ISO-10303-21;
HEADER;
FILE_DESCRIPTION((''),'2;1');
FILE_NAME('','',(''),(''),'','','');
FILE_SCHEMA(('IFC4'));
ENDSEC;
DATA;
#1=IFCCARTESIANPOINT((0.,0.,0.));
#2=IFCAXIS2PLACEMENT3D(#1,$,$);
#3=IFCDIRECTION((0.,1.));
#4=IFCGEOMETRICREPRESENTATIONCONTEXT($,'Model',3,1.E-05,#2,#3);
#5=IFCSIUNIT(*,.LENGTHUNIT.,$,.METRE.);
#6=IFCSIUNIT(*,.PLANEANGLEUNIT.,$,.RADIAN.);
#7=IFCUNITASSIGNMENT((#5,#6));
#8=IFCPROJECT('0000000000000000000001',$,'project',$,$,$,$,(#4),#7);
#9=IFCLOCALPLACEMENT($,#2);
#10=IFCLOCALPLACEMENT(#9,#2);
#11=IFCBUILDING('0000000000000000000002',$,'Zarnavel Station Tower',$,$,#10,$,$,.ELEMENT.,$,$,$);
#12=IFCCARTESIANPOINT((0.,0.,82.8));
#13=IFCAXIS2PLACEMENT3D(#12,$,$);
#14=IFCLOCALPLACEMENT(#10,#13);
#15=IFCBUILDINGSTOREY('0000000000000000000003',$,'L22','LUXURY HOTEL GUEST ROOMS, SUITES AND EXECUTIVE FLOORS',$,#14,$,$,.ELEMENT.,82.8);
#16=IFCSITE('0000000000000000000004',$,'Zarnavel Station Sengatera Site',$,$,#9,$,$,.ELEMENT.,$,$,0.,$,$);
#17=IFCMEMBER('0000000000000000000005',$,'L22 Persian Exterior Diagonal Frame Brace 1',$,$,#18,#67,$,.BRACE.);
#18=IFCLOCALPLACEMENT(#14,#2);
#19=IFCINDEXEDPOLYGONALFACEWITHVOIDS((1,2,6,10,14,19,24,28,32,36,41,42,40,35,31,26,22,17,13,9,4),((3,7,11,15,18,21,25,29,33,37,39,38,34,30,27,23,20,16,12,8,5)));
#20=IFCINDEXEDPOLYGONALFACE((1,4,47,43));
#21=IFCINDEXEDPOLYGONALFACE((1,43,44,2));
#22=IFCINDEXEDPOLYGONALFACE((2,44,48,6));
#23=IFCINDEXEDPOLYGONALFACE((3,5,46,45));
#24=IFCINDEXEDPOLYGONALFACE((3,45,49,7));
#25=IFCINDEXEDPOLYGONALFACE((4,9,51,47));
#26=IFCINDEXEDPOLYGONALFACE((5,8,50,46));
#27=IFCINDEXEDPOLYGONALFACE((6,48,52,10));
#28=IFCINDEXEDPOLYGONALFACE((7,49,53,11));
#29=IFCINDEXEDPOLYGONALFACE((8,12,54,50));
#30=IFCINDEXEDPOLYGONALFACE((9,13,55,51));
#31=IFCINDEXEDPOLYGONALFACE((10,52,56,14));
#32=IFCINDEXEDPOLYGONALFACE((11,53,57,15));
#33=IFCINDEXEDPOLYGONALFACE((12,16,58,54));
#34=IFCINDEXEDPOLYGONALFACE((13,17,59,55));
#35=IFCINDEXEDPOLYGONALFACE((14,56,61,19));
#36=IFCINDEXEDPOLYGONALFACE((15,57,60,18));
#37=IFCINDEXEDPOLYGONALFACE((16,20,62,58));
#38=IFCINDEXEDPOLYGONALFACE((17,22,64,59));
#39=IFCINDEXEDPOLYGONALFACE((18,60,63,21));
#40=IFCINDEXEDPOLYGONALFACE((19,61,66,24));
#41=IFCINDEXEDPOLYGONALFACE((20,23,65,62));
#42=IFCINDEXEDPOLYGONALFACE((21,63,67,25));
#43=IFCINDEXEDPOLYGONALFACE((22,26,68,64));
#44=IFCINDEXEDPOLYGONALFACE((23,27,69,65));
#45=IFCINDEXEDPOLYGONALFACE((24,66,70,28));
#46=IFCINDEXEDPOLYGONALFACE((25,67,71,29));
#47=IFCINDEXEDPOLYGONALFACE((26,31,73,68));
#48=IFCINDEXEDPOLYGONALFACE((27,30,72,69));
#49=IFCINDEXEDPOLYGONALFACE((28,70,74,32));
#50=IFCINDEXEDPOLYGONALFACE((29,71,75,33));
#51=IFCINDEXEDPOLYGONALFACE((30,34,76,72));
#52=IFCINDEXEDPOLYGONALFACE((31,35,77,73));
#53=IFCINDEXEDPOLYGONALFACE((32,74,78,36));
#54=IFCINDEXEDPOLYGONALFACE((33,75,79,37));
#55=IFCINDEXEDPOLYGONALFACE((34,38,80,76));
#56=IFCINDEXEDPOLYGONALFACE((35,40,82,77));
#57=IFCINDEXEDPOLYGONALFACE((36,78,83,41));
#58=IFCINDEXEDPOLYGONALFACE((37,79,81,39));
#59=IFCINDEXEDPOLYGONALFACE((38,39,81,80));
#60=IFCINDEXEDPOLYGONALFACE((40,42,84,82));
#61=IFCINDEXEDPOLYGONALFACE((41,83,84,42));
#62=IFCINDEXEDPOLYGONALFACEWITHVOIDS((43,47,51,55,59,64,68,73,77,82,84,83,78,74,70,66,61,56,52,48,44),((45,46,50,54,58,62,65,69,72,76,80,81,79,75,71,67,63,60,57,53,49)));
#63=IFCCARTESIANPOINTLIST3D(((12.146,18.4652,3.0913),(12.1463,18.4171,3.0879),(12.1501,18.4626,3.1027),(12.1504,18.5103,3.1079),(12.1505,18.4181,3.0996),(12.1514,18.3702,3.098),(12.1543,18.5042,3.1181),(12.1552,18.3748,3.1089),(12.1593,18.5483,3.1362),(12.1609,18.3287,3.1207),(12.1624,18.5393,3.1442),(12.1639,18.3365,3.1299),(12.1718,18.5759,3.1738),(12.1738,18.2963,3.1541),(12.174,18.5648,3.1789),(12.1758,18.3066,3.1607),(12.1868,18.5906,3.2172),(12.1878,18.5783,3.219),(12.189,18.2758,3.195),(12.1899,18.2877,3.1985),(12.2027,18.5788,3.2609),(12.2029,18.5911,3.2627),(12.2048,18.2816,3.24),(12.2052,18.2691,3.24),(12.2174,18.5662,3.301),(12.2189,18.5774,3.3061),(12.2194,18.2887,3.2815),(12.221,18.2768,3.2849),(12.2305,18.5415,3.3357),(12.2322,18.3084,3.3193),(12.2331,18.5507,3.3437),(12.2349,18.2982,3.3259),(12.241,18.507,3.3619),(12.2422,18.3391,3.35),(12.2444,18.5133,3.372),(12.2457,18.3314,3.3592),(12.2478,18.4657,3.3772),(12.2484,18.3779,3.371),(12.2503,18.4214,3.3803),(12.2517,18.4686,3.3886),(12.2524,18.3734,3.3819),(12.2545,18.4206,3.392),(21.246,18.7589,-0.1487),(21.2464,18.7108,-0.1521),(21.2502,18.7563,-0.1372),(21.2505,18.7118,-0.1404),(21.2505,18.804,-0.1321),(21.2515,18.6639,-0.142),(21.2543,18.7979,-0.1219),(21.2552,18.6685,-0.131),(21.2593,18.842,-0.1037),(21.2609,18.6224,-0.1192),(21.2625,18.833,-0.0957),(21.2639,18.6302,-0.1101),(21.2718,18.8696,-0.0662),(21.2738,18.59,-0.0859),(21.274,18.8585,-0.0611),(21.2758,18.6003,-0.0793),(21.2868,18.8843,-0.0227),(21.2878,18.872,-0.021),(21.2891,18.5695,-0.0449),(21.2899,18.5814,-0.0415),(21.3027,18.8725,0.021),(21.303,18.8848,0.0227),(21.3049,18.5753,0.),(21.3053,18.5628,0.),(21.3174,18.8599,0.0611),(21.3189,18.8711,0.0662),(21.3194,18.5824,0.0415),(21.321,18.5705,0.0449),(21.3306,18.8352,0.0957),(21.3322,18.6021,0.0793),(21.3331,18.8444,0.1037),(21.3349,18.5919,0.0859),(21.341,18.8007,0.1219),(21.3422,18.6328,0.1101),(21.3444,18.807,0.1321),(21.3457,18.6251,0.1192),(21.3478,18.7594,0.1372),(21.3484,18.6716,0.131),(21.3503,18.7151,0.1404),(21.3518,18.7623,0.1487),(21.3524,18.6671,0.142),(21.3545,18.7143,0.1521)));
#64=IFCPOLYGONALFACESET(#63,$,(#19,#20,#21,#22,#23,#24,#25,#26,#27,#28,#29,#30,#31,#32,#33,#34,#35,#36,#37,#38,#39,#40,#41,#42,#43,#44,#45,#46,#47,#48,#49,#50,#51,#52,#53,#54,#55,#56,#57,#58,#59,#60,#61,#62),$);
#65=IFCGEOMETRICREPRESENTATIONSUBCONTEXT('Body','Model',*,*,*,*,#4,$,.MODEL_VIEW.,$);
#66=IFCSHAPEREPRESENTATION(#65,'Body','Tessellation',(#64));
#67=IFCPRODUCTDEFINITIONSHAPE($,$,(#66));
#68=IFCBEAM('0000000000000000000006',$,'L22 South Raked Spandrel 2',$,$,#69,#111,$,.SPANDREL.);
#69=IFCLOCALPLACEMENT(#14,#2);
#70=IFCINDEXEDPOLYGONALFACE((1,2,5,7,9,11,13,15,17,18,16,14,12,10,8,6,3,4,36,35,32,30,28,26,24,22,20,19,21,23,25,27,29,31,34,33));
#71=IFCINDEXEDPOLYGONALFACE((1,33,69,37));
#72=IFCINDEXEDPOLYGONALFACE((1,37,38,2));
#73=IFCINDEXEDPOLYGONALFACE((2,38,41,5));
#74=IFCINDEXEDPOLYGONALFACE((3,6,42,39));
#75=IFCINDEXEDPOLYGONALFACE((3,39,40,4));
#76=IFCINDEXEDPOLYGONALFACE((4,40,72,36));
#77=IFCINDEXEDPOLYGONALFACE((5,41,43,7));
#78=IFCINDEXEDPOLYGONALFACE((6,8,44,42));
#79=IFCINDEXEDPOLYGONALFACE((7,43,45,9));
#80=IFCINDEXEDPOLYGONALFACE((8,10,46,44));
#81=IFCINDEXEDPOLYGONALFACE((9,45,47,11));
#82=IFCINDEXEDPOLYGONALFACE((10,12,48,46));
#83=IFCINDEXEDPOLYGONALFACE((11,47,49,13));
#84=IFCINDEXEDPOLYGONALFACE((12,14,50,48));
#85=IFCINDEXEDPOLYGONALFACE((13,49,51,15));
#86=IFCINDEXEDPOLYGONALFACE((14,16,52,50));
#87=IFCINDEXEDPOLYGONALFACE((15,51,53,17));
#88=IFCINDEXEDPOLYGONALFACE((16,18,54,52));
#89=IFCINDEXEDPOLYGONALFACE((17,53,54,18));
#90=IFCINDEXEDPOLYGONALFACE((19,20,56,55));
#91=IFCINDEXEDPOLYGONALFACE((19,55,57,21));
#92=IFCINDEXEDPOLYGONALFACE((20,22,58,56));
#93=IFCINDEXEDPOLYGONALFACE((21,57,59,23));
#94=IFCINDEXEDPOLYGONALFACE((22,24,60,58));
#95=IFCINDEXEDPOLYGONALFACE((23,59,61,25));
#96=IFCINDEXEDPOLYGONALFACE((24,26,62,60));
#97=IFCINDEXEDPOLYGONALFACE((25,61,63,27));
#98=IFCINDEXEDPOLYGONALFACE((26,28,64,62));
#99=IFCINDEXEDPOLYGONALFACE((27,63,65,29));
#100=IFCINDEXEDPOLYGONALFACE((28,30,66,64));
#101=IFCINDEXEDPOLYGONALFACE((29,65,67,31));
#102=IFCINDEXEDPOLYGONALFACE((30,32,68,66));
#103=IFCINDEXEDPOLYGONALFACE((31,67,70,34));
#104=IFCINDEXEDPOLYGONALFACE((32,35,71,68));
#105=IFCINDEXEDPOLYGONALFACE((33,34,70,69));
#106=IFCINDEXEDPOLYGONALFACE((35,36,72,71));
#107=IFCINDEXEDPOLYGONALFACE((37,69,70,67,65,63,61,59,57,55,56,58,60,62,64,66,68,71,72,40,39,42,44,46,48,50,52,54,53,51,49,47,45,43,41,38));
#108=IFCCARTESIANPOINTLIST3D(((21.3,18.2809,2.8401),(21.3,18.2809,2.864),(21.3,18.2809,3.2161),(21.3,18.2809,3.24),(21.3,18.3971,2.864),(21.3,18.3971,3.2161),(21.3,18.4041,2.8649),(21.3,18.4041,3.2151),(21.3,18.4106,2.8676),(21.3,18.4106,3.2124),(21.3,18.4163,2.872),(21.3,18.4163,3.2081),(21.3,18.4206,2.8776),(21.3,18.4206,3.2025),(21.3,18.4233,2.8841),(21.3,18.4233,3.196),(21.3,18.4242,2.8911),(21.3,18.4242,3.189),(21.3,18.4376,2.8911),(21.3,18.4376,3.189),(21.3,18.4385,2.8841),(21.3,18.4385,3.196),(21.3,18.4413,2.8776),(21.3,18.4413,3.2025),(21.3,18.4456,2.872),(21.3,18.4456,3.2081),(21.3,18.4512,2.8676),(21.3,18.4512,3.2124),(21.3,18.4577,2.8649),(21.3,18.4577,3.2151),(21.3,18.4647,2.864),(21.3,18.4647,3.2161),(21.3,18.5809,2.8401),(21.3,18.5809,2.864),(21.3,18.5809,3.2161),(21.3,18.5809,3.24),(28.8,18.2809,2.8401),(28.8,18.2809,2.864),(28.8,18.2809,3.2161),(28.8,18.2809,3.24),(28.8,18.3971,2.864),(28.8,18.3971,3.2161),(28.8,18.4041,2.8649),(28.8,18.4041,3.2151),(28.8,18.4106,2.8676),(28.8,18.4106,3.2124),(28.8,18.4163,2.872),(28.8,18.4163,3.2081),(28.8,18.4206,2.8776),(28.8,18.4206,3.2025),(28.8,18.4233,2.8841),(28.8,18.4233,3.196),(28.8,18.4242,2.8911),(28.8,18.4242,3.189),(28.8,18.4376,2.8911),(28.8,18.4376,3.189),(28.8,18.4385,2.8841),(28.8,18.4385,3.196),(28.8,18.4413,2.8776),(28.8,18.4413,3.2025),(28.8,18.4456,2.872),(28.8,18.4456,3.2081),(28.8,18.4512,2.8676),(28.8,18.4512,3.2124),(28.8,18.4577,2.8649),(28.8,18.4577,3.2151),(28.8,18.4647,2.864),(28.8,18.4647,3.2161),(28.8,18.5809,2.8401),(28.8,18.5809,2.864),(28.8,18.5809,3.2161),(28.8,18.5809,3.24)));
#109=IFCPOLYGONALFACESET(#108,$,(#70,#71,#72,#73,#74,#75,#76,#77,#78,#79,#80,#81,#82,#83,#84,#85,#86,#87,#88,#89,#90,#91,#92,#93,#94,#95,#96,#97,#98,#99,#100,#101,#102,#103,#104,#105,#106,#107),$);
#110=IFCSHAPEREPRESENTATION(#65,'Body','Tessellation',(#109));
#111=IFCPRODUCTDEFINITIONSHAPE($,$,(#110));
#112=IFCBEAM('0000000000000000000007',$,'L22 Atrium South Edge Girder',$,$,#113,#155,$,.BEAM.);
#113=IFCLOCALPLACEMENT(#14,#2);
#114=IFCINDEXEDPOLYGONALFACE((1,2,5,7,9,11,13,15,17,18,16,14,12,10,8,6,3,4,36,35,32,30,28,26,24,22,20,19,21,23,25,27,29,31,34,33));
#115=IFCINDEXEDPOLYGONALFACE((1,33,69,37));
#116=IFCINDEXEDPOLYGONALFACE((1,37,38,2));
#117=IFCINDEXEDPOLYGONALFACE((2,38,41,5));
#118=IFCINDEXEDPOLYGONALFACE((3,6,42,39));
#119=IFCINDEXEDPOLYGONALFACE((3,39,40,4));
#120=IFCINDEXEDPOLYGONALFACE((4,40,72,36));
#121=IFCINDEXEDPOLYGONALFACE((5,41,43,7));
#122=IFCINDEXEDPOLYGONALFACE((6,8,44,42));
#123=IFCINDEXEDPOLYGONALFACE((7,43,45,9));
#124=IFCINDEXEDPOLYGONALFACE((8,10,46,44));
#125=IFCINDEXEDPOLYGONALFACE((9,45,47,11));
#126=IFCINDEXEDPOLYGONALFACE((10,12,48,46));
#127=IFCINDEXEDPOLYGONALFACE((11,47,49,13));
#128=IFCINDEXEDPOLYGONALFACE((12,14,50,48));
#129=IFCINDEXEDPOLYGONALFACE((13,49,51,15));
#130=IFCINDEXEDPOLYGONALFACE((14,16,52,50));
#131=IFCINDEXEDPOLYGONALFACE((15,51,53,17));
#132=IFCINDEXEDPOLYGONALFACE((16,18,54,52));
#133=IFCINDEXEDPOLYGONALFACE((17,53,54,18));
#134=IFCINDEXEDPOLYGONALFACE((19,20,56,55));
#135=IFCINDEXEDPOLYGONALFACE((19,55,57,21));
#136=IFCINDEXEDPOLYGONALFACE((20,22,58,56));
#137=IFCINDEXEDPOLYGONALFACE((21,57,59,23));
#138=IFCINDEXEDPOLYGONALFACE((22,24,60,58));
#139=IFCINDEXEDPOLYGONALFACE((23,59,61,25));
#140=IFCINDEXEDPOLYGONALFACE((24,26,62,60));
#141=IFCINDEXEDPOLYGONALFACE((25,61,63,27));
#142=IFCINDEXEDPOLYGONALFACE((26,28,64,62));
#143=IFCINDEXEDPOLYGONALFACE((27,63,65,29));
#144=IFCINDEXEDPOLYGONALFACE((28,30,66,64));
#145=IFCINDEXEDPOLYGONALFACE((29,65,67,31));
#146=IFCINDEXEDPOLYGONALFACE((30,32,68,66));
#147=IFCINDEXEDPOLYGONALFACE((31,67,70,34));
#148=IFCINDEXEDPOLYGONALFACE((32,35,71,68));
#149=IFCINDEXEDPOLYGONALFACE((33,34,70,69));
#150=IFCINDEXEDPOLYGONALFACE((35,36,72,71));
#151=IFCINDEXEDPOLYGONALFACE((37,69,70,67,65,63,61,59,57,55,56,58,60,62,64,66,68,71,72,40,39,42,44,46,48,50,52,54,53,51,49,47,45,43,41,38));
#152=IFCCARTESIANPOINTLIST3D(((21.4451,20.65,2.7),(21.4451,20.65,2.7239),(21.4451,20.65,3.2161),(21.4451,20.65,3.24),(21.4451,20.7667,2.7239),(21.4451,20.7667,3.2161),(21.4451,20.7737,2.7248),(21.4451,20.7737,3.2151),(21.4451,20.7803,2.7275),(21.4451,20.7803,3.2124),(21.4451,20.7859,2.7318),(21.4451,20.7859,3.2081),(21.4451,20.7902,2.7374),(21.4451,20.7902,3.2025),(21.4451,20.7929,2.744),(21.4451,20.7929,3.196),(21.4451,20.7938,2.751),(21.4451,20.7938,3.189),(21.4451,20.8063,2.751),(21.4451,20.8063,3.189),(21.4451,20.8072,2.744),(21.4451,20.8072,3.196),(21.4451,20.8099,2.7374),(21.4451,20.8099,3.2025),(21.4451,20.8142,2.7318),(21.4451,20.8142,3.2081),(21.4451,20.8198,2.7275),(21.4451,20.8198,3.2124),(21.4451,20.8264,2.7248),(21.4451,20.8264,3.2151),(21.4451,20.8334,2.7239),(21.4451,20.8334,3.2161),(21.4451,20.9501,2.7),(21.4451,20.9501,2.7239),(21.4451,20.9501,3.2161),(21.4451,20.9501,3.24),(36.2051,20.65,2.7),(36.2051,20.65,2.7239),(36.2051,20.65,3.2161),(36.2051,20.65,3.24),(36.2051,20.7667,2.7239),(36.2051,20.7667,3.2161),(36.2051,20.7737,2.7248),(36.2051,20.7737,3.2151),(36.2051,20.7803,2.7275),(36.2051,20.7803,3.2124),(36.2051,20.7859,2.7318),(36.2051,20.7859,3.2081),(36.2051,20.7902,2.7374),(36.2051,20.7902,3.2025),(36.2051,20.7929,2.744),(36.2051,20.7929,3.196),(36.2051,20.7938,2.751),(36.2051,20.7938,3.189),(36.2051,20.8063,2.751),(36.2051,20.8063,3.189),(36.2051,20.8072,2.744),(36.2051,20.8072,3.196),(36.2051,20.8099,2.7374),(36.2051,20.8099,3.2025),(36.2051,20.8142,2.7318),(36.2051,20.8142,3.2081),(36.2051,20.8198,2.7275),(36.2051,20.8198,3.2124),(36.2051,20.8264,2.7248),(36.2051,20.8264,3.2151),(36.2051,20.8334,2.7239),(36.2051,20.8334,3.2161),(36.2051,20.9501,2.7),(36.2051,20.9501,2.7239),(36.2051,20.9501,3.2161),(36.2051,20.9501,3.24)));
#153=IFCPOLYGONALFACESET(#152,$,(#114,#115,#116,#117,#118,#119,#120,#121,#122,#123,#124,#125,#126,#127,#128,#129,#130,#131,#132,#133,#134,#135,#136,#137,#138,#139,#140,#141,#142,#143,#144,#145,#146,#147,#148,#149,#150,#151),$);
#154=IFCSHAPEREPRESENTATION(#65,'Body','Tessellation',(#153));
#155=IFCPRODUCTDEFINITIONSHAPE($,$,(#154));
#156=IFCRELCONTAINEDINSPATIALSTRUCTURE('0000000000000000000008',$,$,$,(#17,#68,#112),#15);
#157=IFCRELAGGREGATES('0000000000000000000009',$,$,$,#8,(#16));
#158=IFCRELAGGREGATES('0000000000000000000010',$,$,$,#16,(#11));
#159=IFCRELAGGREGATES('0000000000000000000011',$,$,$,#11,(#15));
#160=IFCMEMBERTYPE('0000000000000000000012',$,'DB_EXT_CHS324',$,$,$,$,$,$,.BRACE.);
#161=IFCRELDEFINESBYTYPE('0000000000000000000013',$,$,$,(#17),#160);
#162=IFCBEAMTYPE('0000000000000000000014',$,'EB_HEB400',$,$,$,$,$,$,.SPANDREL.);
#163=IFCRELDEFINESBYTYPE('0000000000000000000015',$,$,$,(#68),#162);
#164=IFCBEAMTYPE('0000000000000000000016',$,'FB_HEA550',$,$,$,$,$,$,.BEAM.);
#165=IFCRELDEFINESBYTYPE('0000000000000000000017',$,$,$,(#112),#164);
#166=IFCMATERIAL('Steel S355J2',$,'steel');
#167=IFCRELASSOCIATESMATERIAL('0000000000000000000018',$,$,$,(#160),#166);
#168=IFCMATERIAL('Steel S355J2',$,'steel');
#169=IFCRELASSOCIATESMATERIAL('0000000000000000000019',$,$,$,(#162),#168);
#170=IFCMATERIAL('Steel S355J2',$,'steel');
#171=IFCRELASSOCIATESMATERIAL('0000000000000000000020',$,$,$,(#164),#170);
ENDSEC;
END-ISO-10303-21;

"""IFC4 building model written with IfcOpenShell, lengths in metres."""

from ifc_helpers import new_model, si_unit, direction, frame, origin, origin_2d, place, context, subcontext, project, spatial, hollow_circle, i_section, extrude, material, material_profile, profile_set, type_object, element, save


model = new_model("IFC4")

# Units and contexts
model_context = context("Model", 3, precision=1e-05, world=origin(), true_north=direction((0.0, 1.0)))
body_context = subcontext(model_context, "Body", "Model", "MODEL_VIEW")
ifc_project = project(units=[si_unit("LENGTHUNIT", "METRE"), si_unit("PLANEANGLEUNIT", "RADIAN")], contexts=[model_context])

# Site, building, storey
site_placement = place(None, origin())
site = spatial("IfcSite", under=ifc_project, at=site_placement, Name="Zarnavel Station Sengatera Site", CompositionType="ELEMENT", RefElevation=0.0)
building_placement = place(site_placement, origin())
building = spatial("IfcBuilding", under=site, at=building_placement, Name="Zarnavel Station Tower", CompositionType="ELEMENT")
storey_placement = place(building_placement, frame((0.0, 0.0, 82.8)))
storey = spatial("IfcBuildingStorey", under=building, at=storey_placement, Name="L22", Description="LUXURY HOTEL GUEST ROOMS, SUITES AND EXECUTIVE FLOORS", CompositionType="ELEMENT", Elevation=82.8)

# Member
ifc_material_1 = material(Name="Steel S355J2", Category="steel")
ifc_material_profile_1 = material_profile(ifc_material_1, hollow_circle(Radius=0.1619, WallThickness=0.0125, at=origin_2d()), Name="CHS323.9x12.5")
ifc_profile_set_1 = profile_set([ifc_material_profile_1], Name="Steel S355J2")
member_type_1 = type_object("IfcMemberType", Name="DB_EXT_CHS324", PredefinedType="BRACE", material=ifc_profile_set_1)
member_1_placement = place(storey_placement, frame((21.3, 18.7246, 0.0), z_axis=(-0.941636, -0.030391, 0.335259), x_axis=(0.032258, -0.99948, 0.0)))
element("IfcMember", 1, at=member_1_placement, inside=storey, type_object=member_type_1, Name="L22 Persian Exterior Diagonal Frame Brace 1", PredefinedType="BRACE", context=body_context, shape_type="SweptSolid", body=[
    extrude(hollow_circle(Radius=0.1619, WallThickness=0.0125, at=origin_2d()), origin(), (0.0, 0.0, 1.0), 9.6641),
])

# Beams
ifc_material_2 = material(Name="Steel S355J2", Category="steel")
ifc_material_profile_2 = material_profile(ifc_material_2, i_section(OverallWidth=0.3, OverallDepth=0.3999, WebThickness=0.0134, FlangeThickness=0.0239, FilletRadius=0.0271, at=origin_2d()), Name="HEB400")
ifc_profile_set_2 = profile_set([ifc_material_profile_2], Name="Steel S355J2")
beam_type_1 = type_object("IfcBeamType", Name="EB_HEB400", PredefinedType="SPANDREL", material=ifc_profile_set_2)
beam_1_placement = place(storey_placement, frame((21.3, 18.4309, 3.04), z_axis=(1.0, 0.0, 0.0), x_axis=(0.0, 1.0, 0.0)))
element("IfcBeam", 2, at=beam_1_placement, inside=storey, type_object=beam_type_1, Name="L22 South Raked Spandrel 2", PredefinedType="SPANDREL", context=body_context, shape_type="SweptSolid", body=[
    extrude(i_section(OverallWidth=0.3, OverallDepth=0.3999, WebThickness=0.0134, FlangeThickness=0.0239, FilletRadius=0.0271, at=origin_2d()), origin(), (0.0, 0.0, 1.0), 7.5),
])
ifc_material_3 = material(Name="Steel S355J2", Category="steel")
ifc_material_profile_3 = material_profile(ifc_material_3, i_section(OverallWidth=0.3, OverallDepth=0.54, WebThickness=0.0125, FlangeThickness=0.0239, FilletRadius=0.0271, at=origin_2d()), Name="HEA550")
ifc_profile_set_3 = profile_set([ifc_material_profile_3], Name="Steel S355J2")
beam_type_2 = type_object("IfcBeamType", Name="FB_HEA550", PredefinedType="BEAM", material=ifc_profile_set_3)
beam_2_placement = place(storey_placement, frame((21.4451, 20.8, 2.97), z_axis=(1.0, 0.0, 0.0), x_axis=(0.0, 1.0, 0.0)))
element("IfcBeam", 3, at=beam_2_placement, inside=storey, type_object=beam_type_2, Name="L22 Atrium South Edge Girder", PredefinedType="BEAM", context=body_context, shape_type="SweptSolid", body=[
    extrude(i_section(OverallWidth=0.3, OverallDepth=0.54, WebThickness=0.0125, FlangeThickness=0.0239, FilletRadius=0.0271, at=origin_2d()), origin(), (0.0, 0.0, 1.0), 14.76),
])

save(model, "model.ifc")
